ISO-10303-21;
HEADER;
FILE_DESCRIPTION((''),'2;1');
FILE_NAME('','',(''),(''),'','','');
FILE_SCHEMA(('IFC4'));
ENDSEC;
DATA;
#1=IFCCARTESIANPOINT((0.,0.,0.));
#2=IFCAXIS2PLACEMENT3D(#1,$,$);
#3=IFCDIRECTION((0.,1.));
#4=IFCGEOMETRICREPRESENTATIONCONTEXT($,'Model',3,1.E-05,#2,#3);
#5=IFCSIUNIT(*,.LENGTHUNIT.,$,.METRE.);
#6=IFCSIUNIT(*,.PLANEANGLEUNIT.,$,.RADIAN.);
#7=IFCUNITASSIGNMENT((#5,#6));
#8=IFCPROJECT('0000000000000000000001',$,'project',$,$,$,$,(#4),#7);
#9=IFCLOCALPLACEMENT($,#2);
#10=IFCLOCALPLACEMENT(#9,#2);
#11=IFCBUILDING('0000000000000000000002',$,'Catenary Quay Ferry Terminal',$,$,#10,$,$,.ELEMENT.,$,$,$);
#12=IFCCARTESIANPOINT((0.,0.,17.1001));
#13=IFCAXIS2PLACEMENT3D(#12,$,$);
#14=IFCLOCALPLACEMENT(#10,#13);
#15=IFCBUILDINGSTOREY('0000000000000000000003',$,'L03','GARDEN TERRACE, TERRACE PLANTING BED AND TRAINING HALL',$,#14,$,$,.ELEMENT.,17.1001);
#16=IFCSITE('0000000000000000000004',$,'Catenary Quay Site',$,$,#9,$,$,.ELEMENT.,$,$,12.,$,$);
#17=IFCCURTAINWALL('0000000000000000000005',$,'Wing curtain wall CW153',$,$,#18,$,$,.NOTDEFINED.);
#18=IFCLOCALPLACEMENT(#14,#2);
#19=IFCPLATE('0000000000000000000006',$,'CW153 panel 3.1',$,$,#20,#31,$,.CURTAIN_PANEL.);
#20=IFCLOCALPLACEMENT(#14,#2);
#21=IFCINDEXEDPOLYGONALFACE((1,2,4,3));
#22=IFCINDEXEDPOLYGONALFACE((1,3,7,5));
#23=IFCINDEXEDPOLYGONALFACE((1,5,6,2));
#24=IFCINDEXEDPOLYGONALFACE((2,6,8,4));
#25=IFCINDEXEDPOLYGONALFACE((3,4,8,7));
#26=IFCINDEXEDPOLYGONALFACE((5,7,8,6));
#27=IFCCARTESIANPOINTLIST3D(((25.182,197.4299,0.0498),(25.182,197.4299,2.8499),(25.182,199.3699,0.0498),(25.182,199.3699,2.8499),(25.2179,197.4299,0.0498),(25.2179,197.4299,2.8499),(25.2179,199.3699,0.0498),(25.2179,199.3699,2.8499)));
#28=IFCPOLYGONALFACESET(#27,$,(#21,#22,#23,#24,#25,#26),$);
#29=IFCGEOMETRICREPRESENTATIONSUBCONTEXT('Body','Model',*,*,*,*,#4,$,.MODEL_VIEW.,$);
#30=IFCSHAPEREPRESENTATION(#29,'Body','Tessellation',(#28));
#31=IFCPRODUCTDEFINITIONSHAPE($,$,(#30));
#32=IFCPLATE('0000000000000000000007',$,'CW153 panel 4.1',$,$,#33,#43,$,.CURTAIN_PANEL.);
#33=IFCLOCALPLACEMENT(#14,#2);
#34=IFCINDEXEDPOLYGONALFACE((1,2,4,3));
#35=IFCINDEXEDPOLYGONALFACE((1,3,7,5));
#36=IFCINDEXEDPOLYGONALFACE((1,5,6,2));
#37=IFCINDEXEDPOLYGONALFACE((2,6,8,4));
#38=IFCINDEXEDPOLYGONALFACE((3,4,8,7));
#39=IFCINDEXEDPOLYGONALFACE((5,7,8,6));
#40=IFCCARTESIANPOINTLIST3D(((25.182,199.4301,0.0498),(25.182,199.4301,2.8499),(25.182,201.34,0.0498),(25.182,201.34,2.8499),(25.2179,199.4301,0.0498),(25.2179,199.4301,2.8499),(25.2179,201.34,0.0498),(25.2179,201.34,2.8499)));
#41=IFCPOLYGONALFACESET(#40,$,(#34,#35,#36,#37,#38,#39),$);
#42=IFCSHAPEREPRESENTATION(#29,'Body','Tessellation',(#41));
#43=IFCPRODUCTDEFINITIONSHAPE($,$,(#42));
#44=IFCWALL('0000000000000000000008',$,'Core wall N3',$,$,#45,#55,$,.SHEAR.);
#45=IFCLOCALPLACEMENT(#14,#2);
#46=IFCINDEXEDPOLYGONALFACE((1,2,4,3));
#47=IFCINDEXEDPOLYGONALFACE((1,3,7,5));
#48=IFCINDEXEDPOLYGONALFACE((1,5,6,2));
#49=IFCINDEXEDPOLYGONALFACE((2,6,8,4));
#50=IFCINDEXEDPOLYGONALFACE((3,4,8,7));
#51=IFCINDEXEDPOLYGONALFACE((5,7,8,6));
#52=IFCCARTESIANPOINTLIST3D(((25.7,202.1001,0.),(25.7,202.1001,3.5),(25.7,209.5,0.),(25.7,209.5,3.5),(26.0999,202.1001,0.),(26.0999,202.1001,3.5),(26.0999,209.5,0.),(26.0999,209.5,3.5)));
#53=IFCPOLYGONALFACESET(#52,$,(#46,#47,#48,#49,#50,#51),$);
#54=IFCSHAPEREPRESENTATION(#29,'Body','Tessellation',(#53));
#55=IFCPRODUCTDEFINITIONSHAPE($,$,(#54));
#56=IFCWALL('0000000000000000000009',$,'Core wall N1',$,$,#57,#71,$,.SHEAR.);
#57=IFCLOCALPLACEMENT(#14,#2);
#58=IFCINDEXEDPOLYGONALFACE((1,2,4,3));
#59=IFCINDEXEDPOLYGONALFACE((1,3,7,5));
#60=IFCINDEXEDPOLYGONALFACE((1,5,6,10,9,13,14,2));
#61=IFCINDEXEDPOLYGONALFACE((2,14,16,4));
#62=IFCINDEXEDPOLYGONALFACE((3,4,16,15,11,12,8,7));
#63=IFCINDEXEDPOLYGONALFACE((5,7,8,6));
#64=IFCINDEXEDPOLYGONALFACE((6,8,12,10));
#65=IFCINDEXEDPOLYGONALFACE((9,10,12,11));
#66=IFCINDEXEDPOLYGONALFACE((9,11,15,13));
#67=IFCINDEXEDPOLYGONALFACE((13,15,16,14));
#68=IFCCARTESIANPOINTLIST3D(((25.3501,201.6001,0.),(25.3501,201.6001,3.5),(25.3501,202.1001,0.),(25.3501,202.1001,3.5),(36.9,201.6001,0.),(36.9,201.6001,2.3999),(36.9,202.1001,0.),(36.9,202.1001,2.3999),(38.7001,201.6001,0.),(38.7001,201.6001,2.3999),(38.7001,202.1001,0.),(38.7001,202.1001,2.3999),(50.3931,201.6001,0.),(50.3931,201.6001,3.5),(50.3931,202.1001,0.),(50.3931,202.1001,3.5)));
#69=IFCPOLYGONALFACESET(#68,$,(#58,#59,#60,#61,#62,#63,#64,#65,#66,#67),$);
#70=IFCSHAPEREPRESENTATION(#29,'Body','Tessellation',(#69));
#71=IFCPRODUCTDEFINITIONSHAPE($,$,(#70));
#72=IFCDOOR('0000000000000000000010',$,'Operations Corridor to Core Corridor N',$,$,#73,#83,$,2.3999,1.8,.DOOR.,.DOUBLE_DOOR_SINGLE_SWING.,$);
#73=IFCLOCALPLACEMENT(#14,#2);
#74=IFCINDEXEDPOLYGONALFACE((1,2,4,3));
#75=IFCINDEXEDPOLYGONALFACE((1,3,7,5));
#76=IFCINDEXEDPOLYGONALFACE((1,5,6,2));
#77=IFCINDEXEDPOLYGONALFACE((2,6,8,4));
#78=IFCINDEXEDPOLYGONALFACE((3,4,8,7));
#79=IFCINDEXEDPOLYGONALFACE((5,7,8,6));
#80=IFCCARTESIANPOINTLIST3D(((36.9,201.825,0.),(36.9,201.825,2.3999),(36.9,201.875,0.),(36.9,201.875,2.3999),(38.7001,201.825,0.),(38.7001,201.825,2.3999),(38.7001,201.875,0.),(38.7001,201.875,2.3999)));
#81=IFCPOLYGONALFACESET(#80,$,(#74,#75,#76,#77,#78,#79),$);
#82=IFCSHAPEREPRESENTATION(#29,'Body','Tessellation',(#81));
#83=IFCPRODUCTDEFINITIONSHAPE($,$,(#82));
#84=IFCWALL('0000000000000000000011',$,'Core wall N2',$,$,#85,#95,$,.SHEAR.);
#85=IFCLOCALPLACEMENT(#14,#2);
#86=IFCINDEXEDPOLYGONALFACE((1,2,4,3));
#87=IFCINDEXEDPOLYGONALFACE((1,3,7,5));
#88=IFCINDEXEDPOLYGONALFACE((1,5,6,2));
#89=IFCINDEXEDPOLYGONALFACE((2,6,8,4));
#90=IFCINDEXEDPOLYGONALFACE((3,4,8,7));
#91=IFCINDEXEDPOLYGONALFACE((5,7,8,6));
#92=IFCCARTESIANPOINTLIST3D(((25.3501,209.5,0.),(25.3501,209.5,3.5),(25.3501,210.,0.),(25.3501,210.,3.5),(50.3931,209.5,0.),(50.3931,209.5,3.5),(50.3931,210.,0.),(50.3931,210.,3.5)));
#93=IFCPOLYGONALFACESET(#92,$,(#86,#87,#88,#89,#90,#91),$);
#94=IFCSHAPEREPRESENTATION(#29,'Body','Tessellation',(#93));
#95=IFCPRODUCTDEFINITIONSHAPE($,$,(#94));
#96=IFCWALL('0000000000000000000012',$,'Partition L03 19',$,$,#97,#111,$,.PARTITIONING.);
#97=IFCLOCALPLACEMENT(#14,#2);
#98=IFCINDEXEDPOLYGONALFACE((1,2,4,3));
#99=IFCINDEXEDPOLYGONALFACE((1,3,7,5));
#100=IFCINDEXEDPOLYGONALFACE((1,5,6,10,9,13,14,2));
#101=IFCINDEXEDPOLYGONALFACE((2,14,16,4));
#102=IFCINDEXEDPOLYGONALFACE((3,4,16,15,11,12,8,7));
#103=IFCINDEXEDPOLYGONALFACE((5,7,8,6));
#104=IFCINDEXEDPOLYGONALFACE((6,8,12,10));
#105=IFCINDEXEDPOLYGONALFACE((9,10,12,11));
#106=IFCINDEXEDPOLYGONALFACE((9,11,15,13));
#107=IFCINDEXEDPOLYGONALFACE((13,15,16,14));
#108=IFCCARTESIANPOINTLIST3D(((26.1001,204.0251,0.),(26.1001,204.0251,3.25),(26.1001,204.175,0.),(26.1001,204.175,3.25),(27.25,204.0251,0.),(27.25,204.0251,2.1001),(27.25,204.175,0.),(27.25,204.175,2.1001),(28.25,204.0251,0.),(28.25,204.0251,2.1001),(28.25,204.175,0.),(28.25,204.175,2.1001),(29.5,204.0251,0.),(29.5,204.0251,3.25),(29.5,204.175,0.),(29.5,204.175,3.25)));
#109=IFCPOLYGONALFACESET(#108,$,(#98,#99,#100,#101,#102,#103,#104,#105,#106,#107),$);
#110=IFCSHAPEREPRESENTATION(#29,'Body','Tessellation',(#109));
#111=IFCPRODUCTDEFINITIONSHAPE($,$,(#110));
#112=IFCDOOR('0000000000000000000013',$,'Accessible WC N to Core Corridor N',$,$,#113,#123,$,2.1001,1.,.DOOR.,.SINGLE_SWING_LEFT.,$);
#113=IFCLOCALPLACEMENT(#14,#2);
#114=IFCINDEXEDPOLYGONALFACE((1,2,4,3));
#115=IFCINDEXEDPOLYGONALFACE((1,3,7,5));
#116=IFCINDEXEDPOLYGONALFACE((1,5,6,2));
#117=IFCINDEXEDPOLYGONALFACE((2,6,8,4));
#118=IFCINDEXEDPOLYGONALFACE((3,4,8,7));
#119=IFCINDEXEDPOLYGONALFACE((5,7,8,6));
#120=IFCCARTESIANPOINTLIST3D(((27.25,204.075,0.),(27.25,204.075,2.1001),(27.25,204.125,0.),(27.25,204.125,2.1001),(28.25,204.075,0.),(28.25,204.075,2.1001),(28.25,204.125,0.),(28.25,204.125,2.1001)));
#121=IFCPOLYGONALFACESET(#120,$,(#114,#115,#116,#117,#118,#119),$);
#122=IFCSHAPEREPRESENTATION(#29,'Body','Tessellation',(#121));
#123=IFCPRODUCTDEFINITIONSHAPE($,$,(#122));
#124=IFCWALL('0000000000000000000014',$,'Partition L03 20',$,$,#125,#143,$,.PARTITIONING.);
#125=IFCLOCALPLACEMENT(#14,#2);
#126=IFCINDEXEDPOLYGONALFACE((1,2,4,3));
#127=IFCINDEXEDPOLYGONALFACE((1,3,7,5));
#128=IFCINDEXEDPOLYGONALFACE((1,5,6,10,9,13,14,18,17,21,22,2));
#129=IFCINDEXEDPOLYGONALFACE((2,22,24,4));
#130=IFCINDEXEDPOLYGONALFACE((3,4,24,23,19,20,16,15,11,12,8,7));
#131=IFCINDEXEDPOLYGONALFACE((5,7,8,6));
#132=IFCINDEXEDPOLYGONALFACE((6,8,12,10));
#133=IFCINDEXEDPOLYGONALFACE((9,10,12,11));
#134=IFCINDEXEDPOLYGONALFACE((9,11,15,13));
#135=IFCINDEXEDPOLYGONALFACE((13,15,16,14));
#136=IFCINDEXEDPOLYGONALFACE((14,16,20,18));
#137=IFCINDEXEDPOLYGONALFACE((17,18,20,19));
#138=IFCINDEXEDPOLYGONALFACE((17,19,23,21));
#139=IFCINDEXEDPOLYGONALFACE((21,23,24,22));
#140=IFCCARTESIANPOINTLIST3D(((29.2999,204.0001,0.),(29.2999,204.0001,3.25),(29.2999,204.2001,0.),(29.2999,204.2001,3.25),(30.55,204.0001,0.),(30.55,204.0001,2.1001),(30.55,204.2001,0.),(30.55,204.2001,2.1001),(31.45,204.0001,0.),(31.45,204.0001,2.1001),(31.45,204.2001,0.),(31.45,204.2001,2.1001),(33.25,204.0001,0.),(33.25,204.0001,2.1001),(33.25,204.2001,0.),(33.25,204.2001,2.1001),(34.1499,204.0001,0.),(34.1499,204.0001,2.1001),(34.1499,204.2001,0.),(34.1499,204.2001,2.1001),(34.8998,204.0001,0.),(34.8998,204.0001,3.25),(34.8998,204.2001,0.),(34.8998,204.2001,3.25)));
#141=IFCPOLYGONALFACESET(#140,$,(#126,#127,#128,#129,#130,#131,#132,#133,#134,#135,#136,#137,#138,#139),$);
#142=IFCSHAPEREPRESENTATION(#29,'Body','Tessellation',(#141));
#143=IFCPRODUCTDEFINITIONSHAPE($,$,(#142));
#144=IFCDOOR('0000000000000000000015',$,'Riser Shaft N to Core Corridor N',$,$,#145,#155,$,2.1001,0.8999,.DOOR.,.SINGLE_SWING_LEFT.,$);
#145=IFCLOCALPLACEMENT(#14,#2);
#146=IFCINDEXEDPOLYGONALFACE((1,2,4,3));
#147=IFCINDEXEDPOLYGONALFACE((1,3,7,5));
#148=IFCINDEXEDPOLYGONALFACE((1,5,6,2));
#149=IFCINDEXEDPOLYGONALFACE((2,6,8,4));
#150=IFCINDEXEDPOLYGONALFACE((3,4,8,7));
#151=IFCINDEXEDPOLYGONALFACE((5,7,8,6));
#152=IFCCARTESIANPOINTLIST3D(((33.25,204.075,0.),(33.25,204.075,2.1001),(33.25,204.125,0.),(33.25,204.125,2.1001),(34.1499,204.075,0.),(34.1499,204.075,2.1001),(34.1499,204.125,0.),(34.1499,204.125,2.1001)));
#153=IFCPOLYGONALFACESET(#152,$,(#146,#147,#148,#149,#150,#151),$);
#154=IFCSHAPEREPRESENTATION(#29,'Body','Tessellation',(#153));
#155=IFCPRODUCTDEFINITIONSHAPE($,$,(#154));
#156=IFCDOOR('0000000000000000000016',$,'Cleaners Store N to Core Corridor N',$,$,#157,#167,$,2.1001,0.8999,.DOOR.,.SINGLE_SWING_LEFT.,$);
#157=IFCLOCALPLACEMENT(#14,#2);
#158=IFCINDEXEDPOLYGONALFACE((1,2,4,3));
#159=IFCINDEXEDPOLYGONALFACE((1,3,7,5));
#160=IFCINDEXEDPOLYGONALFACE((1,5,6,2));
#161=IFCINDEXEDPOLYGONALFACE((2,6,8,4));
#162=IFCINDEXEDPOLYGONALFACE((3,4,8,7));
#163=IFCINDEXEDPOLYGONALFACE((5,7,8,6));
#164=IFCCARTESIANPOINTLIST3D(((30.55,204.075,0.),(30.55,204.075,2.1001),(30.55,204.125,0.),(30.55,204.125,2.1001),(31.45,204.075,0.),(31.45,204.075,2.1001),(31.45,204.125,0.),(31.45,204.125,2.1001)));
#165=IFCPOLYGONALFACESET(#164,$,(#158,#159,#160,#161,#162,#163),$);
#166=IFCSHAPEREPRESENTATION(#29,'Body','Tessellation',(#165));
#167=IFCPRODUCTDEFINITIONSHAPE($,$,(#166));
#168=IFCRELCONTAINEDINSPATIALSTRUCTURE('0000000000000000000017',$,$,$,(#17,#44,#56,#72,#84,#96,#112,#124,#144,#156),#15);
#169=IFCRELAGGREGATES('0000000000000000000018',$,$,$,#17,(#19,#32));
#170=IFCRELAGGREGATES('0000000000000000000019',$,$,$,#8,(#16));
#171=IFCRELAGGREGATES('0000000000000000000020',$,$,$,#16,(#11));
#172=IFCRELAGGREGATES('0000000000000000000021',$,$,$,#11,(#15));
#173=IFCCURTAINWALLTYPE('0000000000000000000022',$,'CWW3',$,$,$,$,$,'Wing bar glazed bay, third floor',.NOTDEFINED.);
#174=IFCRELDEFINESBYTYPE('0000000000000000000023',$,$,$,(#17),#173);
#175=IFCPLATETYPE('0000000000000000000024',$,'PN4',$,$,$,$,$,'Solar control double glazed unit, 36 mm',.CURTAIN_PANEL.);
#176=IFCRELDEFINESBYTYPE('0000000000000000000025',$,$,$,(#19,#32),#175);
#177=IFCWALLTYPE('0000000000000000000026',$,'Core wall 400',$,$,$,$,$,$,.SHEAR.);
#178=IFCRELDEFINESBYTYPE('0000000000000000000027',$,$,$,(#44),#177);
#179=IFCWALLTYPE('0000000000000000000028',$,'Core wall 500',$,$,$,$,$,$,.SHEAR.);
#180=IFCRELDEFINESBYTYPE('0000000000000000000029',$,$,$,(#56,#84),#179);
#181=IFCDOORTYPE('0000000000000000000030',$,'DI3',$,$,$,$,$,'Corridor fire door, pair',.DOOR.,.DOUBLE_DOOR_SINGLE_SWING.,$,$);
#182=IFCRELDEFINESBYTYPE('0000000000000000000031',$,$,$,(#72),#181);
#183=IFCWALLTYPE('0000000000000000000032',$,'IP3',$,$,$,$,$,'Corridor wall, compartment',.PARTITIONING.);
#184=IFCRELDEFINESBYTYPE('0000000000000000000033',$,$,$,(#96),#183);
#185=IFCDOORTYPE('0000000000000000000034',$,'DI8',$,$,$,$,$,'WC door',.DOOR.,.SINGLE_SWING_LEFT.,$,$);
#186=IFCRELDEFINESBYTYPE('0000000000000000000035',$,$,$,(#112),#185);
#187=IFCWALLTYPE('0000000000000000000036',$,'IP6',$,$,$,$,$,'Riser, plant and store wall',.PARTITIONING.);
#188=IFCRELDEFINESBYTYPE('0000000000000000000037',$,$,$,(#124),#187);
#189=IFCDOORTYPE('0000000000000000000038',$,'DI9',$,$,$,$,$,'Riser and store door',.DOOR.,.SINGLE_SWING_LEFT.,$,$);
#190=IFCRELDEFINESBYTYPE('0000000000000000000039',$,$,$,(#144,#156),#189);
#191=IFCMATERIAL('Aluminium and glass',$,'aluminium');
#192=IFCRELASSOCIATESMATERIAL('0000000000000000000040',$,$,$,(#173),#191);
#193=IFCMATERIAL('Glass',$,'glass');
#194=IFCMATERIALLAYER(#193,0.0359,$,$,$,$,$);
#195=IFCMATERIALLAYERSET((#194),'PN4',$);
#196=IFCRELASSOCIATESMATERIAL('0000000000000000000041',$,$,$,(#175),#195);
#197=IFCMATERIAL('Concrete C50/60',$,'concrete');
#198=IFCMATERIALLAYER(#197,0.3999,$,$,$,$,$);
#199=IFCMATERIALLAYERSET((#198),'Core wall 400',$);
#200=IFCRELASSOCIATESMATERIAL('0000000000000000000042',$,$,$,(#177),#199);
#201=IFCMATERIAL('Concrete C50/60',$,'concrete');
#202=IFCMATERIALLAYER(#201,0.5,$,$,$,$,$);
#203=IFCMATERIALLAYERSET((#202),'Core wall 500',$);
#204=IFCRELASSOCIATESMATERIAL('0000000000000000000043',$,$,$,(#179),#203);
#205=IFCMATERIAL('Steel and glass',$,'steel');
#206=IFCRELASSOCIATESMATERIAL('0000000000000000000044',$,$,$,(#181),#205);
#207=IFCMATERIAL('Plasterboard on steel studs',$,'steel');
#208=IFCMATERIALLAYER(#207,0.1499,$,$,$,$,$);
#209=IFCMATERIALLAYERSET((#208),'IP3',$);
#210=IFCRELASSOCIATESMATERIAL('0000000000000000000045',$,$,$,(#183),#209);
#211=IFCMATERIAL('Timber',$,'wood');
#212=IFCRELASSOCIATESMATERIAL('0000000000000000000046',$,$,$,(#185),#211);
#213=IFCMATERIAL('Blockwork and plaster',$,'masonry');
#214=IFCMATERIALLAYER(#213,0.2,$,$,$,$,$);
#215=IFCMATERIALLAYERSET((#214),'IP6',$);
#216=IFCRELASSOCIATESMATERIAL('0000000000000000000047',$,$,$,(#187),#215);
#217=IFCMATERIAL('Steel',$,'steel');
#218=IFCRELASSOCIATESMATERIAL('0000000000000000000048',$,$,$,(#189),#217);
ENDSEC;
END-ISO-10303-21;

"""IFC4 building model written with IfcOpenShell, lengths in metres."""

from ifc_helpers import new_model, si_unit, direction, frame, frame_2d, origin, origin_2d, place, context, subcontext, project, spatial, rectangle, extrude, material, layer, layer_set, type_object, element, fill, aggregate, save


model = new_model("IFC4")

# Units and contexts
model_context = context("Model", 3, precision=1e-05, world=origin(), true_north=direction((0.0, 1.0)))
body_context = subcontext(model_context, "Body", "Model", "MODEL_VIEW")
ifc_project = project(units=[si_unit("LENGTHUNIT", "METRE"), si_unit("PLANEANGLEUNIT", "RADIAN")], contexts=[model_context])

# Site, building, storey
site_placement = place(None, origin())
site = spatial("IfcSite", under=ifc_project, at=site_placement, Name="Catenary Quay Site", CompositionType="ELEMENT", RefElevation=12.0)
building_placement = place(site_placement, origin())
building = spatial("IfcBuilding", under=site, at=building_placement, Name="Catenary Quay Ferry Terminal", CompositionType="ELEMENT")
storey_placement = place(building_placement, frame((0.0, 0.0, 17.1001)))
storey = spatial("IfcBuildingStorey", under=building, at=storey_placement, Name="L03", Description="GARDEN TERRACE, TERRACE PLANTING BED AND TRAINING HALL", CompositionType="ELEMENT", Elevation=17.1001)

# Curtain wall, plates
ifc_material_1 = material(Name="Aluminium and glass", Category="aluminium")
curtain_wall_type = type_object("IfcCurtainWallType", Name="CWW3", ElementType="Wing bar glazed bay, third floor", PredefinedType="NOTDEFINED", material=ifc_material_1)
curtain_wall_placement = place(storey_placement, origin())
curtain_wall = element("IfcCurtainWall", 1, at=curtain_wall_placement, inside=storey, type_object=curtain_wall_type, Name="Wing curtain wall CW153", PredefinedType="NOTDEFINED")
ifc_material_2 = material(Name="Glass", Category="glass")
ifc_layer_1 = layer(ifc_material_2, 0.0359)
ifc_layer_set_1 = layer_set([ifc_layer_1], Name="PN4")
plate_type = type_object("IfcPlateType", Name="PN4", ElementType="Solar control double glazed unit, 36 mm", PredefinedType="CURTAIN_PANEL", material=ifc_layer_set_1)
plate_1_placement = place(storey_placement, frame((25.2, 198.3999, 0.0498), z_axis=(0.0, 0.0, 1.0), x_axis=(0.0, 1.0, 0.0)))
plate_1 = element("IfcPlate", 2, at=plate_1_placement, type_object=plate_type, Name="CW153 panel 3.1", PredefinedType="CURTAIN_PANEL", context=body_context, shape_type="SweptSolid", body=[
    extrude(rectangle(XDim=1.9399, YDim=0.0359, at=origin_2d()), origin(), (0.0, 0.0, 1.0), 2.8),
])
plate_2_placement = place(storey_placement, frame((25.2, 200.385, 0.0498), z_axis=(0.0, 0.0, 1.0), x_axis=(0.0, 1.0, 0.0)))
plate_2 = element("IfcPlate", 3, at=plate_2_placement, type_object=plate_type, Name="CW153 panel 4.1", PredefinedType="CURTAIN_PANEL", context=body_context, shape_type="SweptSolid", body=[
    extrude(rectangle(XDim=1.9099, YDim=0.0359, at=origin_2d()), origin(), (0.0, 0.0, 1.0), 2.8),
])
aggregate(curtain_wall, [plate_1, plate_2])

# Wall
ifc_material_3 = material(Name="Concrete C50/60", Category="concrete")
ifc_layer_2 = layer(ifc_material_3, 0.3999)
ifc_layer_set_2 = layer_set([ifc_layer_2], Name="Core wall 400")
wall_type_1 = type_object("IfcWallType", Name="Core wall 400", PredefinedType="SHEAR", material=ifc_layer_set_2)
wall_1_placement = place(storey_placement, frame((25.8999, 202.1001, 0.0), z_axis=(0.0, 0.0, 1.0), x_axis=(0.0, 1.0, 0.0)))
element("IfcWall", 4, at=wall_1_placement, inside=storey, type_object=wall_type_1, Name="Core wall N3", PredefinedType="SHEAR", context=body_context, shape_type="SweptSolid", body=[
    extrude(rectangle(XDim=7.3999, YDim=0.3999, at=frame_2d((3.7, 0.0))), origin(), (0.0, 0.0, 1.0), 3.5),
])

# Wall, opening, door
ifc_material_4 = material(Name="Concrete C50/60", Category="concrete")
ifc_layer_3 = layer(ifc_material_4, 0.5)
ifc_layer_set_3 = layer_set([ifc_layer_3], Name="Core wall 500")
wall_type_2 = type_object("IfcWallType", Name="Core wall 500", PredefinedType="SHEAR", material=ifc_layer_set_3)
wall_2_placement = place(storey_placement, frame((25.3501, 201.8501, 0.0), z_axis=(0.0, 0.0, 1.0), x_axis=(1.0, 0.0, 0.0)))
wall_2 = element("IfcWall", 5, at=wall_2_placement, inside=storey, type_object=wall_type_2, Name="Core wall N1", PredefinedType="SHEAR", context=body_context, shape_type="SweptSolid", body=[
    extrude(rectangle(XDim=25.043, YDim=0.5, at=frame_2d((12.5215, 0.0))), origin(), (0.0, 0.0, 1.0), 3.5),
])
opening_1_placement = place(wall_2_placement, frame((11.55, 0.0, 0.0)))
opening_1 = element("IfcOpeningElement", 6, at=opening_1_placement, cuts=wall_2, PredefinedType="OPENING", context=body_context, shape_type="SweptSolid", body=[
    extrude(rectangle(XDim=1.8, YDim=2.3999, at=frame_2d((0.8999, 1.2))), frame((0.0, 0.26, 0.0), z_axis=(0.0, -1.0, 0.0), x_axis=(1.0, 0.0, 0.0)), (0.0, 0.0, 1.0), 0.52),
])
ifc_material_5 = material(Name="Steel and glass", Category="steel")
door_type_1 = type_object("IfcDoorType", Name="DI3", ElementType="Corridor fire door, pair", OperationType="DOUBLE_DOOR_SINGLE_SWING", PredefinedType="DOOR", material=ifc_material_5)
door_1_placement = place(opening_1_placement, origin())
door_1 = element("IfcDoor", 7, at=door_1_placement, inside=storey, type_object=door_type_1, Name="Operations Corridor to Core Corridor N", OperationType="DOUBLE_DOOR_SINGLE_SWING", OverallHeight=2.3999, OverallWidth=1.8, PredefinedType="DOOR", context=body_context, shape_type="SweptSolid", body=[
    extrude(rectangle(XDim=1.8, YDim=2.3999, at=frame_2d((0.8999, 1.2))), frame((0.0, 0.0249, 0.0), z_axis=(0.0, -1.0, 0.0), x_axis=(1.0, 0.0, 0.0)), (0.0, 0.0, 1.0), 0.05),
])
fill(opening_1, door_1)

# Wall
wall_3_placement = place(storey_placement, frame((25.3501, 209.75, 0.0), z_axis=(0.0, 0.0, 1.0), x_axis=(1.0, 0.0, 0.0)))
element("IfcWall", 8, at=wall_3_placement, inside=storey, type_object=wall_type_2, Name="Core wall N2", PredefinedType="SHEAR", context=body_context, shape_type="SweptSolid", body=[
    extrude(rectangle(XDim=25.043, YDim=0.5, at=frame_2d((12.5215, 0.0))), origin(), (0.0, 0.0, 1.0), 3.5),
])

# Wall, opening, door
ifc_material_6 = material(Name="Plasterboard on steel studs", Category="steel")
ifc_layer_4 = layer(ifc_material_6, 0.1499)
ifc_layer_set_4 = layer_set([ifc_layer_4], Name="IP3")
wall_type_3 = type_object("IfcWallType", Name="IP3", ElementType="Corridor wall, compartment", PredefinedType="PARTITIONING", material=ifc_layer_set_4)
wall_4_placement = place(storey_placement, frame((26.1001, 204.1001, 0.0), z_axis=(0.0, 0.0, 1.0), x_axis=(1.0, 0.0, 0.0)))
wall_4 = element("IfcWall", 9, at=wall_4_placement, inside=storey, type_object=wall_type_3, Name="Partition L03 19", PredefinedType="PARTITIONING", context=body_context, shape_type="SweptSolid", body=[
    extrude(rectangle(XDim=3.3999, YDim=0.1499, at=frame_2d((1.7, 0.0))), origin(), (0.0, 0.0, 1.0), 3.25),
])
opening_2_placement = place(wall_4_placement, frame((1.1499, 0.0, 0.0)))
opening_2 = element("IfcOpeningElement", 10, at=opening_2_placement, cuts=wall_4, PredefinedType="OPENING", context=body_context, shape_type="SweptSolid", body=[
    extrude(rectangle(XDim=1.0, YDim=2.1001, at=frame_2d((0.5, 1.05))), frame((0.0, 0.085, 0.0), z_axis=(0.0, -1.0, 0.0), x_axis=(1.0, 0.0, 0.0)), (0.0, 0.0, 1.0), 0.1699),
])
ifc_material_7 = material(Name="Timber", Category="wood")
door_type_2 = type_object("IfcDoorType", Name="DI8", ElementType="WC door", OperationType="SINGLE_SWING_LEFT", PredefinedType="DOOR", material=ifc_material_7)
door_2_placement = place(opening_2_placement, origin())
door_2 = element("IfcDoor", 11, at=door_2_placement, inside=storey, type_object=door_type_2, Name="Accessible WC N to Core Corridor N", OperationType="SINGLE_SWING_LEFT", OverallHeight=2.1001, OverallWidth=1.0, PredefinedType="DOOR", context=body_context, shape_type="SweptSolid", body=[
    extrude(rectangle(XDim=1.0, YDim=2.1001, at=frame_2d((0.5, 1.05))), frame((0.0, 0.0249, 0.0), z_axis=(0.0, -1.0, 0.0), x_axis=(1.0, 0.0, 0.0)), (0.0, 0.0, 1.0), 0.05),
])
fill(opening_2, door_2)

# Wall, openings, doors
ifc_material_8 = material(Name="Blockwork and plaster", Category="masonry")
ifc_layer_5 = layer(ifc_material_8, 0.2)
ifc_layer_set_5 = layer_set([ifc_layer_5], Name="IP6")
wall_type_4 = type_object("IfcWallType", Name="IP6", ElementType="Riser, plant and store wall", PredefinedType="PARTITIONING", material=ifc_layer_set_5)
wall_5_placement = place(storey_placement, frame((29.3, 204.1001, 0.0), z_axis=(0.0, 0.0, 1.0), x_axis=(1.0, 0.0, 0.0)))
wall_5 = element("IfcWall", 12, at=wall_5_placement, inside=storey, type_object=wall_type_4, Name="Partition L03 20", PredefinedType="PARTITIONING", context=body_context, shape_type="SweptSolid", body=[
    extrude(rectangle(XDim=5.5999, YDim=0.2, at=frame_2d((2.7998, 0.0))), origin(), (0.0, 0.0, 1.0), 3.25),
])
opening_3_placement = place(wall_5_placement, frame((3.95, 0.0, 0.0)))
opening_3 = element("IfcOpeningElement", 13, at=opening_3_placement, cuts=wall_5, PredefinedType="OPENING", context=body_context, shape_type="SweptSolid", body=[
    extrude(rectangle(XDim=0.8999, YDim=2.1001, at=frame_2d((0.45, 1.05))), frame((0.0, 0.1099, 0.0), z_axis=(0.0, -1.0, 0.0), x_axis=(1.0, 0.0, 0.0)), (0.0, 0.0, 1.0), 0.22),
])
opening_4_placement = place(wall_5_placement, frame((1.25, 0.0, 0.0)))
opening_4 = element("IfcOpeningElement", 14, at=opening_4_placement, cuts=wall_5, PredefinedType="OPENING", context=body_context, shape_type="SweptSolid", body=[
    extrude(rectangle(XDim=0.8999, YDim=2.1001, at=frame_2d((0.45, 1.05))), frame((0.0, 0.1099, 0.0), z_axis=(0.0, -1.0, 0.0), x_axis=(1.0, 0.0, 0.0)), (0.0, 0.0, 1.0), 0.22),
])
ifc_material_9 = material(Name="Steel", Category="steel")
door_type_3 = type_object("IfcDoorType", Name="DI9", ElementType="Riser and store door", OperationType="SINGLE_SWING_LEFT", PredefinedType="DOOR", material=ifc_material_9)
door_3_placement = place(opening_3_placement, origin())
door_3 = element("IfcDoor", 15, at=door_3_placement, inside=storey, type_object=door_type_3, Name="Riser Shaft N to Core Corridor N", OperationType="SINGLE_SWING_LEFT", OverallHeight=2.1001, OverallWidth=0.8999, PredefinedType="DOOR", context=body_context, shape_type="SweptSolid", body=[
    extrude(rectangle(XDim=0.8999, YDim=2.1001, at=frame_2d((0.45, 1.05))), frame((0.0, 0.0249, 0.0), z_axis=(0.0, -1.0, 0.0), x_axis=(1.0, 0.0, 0.0)), (0.0, 0.0, 1.0), 0.05),
])
fill(opening_3, door_3)
door_4_placement = place(opening_4_placement, origin())
door_4 = element("IfcDoor", 16, at=door_4_placement, inside=storey, type_object=door_type_3, Name="Cleaners Store N to Core Corridor N", OperationType="SINGLE_SWING_LEFT", OverallHeight=2.1001, OverallWidth=0.8999, PredefinedType="DOOR", context=body_context, shape_type="SweptSolid", body=[
    extrude(rectangle(XDim=0.8999, YDim=2.1001, at=frame_2d((0.45, 1.05))), frame((0.0, 0.0249, 0.0), z_axis=(0.0, -1.0, 0.0), x_axis=(1.0, 0.0, 0.0)), (0.0, 0.0, 1.0), 0.05),
])
fill(opening_4, door_4)

save(model, "model.ifc")
